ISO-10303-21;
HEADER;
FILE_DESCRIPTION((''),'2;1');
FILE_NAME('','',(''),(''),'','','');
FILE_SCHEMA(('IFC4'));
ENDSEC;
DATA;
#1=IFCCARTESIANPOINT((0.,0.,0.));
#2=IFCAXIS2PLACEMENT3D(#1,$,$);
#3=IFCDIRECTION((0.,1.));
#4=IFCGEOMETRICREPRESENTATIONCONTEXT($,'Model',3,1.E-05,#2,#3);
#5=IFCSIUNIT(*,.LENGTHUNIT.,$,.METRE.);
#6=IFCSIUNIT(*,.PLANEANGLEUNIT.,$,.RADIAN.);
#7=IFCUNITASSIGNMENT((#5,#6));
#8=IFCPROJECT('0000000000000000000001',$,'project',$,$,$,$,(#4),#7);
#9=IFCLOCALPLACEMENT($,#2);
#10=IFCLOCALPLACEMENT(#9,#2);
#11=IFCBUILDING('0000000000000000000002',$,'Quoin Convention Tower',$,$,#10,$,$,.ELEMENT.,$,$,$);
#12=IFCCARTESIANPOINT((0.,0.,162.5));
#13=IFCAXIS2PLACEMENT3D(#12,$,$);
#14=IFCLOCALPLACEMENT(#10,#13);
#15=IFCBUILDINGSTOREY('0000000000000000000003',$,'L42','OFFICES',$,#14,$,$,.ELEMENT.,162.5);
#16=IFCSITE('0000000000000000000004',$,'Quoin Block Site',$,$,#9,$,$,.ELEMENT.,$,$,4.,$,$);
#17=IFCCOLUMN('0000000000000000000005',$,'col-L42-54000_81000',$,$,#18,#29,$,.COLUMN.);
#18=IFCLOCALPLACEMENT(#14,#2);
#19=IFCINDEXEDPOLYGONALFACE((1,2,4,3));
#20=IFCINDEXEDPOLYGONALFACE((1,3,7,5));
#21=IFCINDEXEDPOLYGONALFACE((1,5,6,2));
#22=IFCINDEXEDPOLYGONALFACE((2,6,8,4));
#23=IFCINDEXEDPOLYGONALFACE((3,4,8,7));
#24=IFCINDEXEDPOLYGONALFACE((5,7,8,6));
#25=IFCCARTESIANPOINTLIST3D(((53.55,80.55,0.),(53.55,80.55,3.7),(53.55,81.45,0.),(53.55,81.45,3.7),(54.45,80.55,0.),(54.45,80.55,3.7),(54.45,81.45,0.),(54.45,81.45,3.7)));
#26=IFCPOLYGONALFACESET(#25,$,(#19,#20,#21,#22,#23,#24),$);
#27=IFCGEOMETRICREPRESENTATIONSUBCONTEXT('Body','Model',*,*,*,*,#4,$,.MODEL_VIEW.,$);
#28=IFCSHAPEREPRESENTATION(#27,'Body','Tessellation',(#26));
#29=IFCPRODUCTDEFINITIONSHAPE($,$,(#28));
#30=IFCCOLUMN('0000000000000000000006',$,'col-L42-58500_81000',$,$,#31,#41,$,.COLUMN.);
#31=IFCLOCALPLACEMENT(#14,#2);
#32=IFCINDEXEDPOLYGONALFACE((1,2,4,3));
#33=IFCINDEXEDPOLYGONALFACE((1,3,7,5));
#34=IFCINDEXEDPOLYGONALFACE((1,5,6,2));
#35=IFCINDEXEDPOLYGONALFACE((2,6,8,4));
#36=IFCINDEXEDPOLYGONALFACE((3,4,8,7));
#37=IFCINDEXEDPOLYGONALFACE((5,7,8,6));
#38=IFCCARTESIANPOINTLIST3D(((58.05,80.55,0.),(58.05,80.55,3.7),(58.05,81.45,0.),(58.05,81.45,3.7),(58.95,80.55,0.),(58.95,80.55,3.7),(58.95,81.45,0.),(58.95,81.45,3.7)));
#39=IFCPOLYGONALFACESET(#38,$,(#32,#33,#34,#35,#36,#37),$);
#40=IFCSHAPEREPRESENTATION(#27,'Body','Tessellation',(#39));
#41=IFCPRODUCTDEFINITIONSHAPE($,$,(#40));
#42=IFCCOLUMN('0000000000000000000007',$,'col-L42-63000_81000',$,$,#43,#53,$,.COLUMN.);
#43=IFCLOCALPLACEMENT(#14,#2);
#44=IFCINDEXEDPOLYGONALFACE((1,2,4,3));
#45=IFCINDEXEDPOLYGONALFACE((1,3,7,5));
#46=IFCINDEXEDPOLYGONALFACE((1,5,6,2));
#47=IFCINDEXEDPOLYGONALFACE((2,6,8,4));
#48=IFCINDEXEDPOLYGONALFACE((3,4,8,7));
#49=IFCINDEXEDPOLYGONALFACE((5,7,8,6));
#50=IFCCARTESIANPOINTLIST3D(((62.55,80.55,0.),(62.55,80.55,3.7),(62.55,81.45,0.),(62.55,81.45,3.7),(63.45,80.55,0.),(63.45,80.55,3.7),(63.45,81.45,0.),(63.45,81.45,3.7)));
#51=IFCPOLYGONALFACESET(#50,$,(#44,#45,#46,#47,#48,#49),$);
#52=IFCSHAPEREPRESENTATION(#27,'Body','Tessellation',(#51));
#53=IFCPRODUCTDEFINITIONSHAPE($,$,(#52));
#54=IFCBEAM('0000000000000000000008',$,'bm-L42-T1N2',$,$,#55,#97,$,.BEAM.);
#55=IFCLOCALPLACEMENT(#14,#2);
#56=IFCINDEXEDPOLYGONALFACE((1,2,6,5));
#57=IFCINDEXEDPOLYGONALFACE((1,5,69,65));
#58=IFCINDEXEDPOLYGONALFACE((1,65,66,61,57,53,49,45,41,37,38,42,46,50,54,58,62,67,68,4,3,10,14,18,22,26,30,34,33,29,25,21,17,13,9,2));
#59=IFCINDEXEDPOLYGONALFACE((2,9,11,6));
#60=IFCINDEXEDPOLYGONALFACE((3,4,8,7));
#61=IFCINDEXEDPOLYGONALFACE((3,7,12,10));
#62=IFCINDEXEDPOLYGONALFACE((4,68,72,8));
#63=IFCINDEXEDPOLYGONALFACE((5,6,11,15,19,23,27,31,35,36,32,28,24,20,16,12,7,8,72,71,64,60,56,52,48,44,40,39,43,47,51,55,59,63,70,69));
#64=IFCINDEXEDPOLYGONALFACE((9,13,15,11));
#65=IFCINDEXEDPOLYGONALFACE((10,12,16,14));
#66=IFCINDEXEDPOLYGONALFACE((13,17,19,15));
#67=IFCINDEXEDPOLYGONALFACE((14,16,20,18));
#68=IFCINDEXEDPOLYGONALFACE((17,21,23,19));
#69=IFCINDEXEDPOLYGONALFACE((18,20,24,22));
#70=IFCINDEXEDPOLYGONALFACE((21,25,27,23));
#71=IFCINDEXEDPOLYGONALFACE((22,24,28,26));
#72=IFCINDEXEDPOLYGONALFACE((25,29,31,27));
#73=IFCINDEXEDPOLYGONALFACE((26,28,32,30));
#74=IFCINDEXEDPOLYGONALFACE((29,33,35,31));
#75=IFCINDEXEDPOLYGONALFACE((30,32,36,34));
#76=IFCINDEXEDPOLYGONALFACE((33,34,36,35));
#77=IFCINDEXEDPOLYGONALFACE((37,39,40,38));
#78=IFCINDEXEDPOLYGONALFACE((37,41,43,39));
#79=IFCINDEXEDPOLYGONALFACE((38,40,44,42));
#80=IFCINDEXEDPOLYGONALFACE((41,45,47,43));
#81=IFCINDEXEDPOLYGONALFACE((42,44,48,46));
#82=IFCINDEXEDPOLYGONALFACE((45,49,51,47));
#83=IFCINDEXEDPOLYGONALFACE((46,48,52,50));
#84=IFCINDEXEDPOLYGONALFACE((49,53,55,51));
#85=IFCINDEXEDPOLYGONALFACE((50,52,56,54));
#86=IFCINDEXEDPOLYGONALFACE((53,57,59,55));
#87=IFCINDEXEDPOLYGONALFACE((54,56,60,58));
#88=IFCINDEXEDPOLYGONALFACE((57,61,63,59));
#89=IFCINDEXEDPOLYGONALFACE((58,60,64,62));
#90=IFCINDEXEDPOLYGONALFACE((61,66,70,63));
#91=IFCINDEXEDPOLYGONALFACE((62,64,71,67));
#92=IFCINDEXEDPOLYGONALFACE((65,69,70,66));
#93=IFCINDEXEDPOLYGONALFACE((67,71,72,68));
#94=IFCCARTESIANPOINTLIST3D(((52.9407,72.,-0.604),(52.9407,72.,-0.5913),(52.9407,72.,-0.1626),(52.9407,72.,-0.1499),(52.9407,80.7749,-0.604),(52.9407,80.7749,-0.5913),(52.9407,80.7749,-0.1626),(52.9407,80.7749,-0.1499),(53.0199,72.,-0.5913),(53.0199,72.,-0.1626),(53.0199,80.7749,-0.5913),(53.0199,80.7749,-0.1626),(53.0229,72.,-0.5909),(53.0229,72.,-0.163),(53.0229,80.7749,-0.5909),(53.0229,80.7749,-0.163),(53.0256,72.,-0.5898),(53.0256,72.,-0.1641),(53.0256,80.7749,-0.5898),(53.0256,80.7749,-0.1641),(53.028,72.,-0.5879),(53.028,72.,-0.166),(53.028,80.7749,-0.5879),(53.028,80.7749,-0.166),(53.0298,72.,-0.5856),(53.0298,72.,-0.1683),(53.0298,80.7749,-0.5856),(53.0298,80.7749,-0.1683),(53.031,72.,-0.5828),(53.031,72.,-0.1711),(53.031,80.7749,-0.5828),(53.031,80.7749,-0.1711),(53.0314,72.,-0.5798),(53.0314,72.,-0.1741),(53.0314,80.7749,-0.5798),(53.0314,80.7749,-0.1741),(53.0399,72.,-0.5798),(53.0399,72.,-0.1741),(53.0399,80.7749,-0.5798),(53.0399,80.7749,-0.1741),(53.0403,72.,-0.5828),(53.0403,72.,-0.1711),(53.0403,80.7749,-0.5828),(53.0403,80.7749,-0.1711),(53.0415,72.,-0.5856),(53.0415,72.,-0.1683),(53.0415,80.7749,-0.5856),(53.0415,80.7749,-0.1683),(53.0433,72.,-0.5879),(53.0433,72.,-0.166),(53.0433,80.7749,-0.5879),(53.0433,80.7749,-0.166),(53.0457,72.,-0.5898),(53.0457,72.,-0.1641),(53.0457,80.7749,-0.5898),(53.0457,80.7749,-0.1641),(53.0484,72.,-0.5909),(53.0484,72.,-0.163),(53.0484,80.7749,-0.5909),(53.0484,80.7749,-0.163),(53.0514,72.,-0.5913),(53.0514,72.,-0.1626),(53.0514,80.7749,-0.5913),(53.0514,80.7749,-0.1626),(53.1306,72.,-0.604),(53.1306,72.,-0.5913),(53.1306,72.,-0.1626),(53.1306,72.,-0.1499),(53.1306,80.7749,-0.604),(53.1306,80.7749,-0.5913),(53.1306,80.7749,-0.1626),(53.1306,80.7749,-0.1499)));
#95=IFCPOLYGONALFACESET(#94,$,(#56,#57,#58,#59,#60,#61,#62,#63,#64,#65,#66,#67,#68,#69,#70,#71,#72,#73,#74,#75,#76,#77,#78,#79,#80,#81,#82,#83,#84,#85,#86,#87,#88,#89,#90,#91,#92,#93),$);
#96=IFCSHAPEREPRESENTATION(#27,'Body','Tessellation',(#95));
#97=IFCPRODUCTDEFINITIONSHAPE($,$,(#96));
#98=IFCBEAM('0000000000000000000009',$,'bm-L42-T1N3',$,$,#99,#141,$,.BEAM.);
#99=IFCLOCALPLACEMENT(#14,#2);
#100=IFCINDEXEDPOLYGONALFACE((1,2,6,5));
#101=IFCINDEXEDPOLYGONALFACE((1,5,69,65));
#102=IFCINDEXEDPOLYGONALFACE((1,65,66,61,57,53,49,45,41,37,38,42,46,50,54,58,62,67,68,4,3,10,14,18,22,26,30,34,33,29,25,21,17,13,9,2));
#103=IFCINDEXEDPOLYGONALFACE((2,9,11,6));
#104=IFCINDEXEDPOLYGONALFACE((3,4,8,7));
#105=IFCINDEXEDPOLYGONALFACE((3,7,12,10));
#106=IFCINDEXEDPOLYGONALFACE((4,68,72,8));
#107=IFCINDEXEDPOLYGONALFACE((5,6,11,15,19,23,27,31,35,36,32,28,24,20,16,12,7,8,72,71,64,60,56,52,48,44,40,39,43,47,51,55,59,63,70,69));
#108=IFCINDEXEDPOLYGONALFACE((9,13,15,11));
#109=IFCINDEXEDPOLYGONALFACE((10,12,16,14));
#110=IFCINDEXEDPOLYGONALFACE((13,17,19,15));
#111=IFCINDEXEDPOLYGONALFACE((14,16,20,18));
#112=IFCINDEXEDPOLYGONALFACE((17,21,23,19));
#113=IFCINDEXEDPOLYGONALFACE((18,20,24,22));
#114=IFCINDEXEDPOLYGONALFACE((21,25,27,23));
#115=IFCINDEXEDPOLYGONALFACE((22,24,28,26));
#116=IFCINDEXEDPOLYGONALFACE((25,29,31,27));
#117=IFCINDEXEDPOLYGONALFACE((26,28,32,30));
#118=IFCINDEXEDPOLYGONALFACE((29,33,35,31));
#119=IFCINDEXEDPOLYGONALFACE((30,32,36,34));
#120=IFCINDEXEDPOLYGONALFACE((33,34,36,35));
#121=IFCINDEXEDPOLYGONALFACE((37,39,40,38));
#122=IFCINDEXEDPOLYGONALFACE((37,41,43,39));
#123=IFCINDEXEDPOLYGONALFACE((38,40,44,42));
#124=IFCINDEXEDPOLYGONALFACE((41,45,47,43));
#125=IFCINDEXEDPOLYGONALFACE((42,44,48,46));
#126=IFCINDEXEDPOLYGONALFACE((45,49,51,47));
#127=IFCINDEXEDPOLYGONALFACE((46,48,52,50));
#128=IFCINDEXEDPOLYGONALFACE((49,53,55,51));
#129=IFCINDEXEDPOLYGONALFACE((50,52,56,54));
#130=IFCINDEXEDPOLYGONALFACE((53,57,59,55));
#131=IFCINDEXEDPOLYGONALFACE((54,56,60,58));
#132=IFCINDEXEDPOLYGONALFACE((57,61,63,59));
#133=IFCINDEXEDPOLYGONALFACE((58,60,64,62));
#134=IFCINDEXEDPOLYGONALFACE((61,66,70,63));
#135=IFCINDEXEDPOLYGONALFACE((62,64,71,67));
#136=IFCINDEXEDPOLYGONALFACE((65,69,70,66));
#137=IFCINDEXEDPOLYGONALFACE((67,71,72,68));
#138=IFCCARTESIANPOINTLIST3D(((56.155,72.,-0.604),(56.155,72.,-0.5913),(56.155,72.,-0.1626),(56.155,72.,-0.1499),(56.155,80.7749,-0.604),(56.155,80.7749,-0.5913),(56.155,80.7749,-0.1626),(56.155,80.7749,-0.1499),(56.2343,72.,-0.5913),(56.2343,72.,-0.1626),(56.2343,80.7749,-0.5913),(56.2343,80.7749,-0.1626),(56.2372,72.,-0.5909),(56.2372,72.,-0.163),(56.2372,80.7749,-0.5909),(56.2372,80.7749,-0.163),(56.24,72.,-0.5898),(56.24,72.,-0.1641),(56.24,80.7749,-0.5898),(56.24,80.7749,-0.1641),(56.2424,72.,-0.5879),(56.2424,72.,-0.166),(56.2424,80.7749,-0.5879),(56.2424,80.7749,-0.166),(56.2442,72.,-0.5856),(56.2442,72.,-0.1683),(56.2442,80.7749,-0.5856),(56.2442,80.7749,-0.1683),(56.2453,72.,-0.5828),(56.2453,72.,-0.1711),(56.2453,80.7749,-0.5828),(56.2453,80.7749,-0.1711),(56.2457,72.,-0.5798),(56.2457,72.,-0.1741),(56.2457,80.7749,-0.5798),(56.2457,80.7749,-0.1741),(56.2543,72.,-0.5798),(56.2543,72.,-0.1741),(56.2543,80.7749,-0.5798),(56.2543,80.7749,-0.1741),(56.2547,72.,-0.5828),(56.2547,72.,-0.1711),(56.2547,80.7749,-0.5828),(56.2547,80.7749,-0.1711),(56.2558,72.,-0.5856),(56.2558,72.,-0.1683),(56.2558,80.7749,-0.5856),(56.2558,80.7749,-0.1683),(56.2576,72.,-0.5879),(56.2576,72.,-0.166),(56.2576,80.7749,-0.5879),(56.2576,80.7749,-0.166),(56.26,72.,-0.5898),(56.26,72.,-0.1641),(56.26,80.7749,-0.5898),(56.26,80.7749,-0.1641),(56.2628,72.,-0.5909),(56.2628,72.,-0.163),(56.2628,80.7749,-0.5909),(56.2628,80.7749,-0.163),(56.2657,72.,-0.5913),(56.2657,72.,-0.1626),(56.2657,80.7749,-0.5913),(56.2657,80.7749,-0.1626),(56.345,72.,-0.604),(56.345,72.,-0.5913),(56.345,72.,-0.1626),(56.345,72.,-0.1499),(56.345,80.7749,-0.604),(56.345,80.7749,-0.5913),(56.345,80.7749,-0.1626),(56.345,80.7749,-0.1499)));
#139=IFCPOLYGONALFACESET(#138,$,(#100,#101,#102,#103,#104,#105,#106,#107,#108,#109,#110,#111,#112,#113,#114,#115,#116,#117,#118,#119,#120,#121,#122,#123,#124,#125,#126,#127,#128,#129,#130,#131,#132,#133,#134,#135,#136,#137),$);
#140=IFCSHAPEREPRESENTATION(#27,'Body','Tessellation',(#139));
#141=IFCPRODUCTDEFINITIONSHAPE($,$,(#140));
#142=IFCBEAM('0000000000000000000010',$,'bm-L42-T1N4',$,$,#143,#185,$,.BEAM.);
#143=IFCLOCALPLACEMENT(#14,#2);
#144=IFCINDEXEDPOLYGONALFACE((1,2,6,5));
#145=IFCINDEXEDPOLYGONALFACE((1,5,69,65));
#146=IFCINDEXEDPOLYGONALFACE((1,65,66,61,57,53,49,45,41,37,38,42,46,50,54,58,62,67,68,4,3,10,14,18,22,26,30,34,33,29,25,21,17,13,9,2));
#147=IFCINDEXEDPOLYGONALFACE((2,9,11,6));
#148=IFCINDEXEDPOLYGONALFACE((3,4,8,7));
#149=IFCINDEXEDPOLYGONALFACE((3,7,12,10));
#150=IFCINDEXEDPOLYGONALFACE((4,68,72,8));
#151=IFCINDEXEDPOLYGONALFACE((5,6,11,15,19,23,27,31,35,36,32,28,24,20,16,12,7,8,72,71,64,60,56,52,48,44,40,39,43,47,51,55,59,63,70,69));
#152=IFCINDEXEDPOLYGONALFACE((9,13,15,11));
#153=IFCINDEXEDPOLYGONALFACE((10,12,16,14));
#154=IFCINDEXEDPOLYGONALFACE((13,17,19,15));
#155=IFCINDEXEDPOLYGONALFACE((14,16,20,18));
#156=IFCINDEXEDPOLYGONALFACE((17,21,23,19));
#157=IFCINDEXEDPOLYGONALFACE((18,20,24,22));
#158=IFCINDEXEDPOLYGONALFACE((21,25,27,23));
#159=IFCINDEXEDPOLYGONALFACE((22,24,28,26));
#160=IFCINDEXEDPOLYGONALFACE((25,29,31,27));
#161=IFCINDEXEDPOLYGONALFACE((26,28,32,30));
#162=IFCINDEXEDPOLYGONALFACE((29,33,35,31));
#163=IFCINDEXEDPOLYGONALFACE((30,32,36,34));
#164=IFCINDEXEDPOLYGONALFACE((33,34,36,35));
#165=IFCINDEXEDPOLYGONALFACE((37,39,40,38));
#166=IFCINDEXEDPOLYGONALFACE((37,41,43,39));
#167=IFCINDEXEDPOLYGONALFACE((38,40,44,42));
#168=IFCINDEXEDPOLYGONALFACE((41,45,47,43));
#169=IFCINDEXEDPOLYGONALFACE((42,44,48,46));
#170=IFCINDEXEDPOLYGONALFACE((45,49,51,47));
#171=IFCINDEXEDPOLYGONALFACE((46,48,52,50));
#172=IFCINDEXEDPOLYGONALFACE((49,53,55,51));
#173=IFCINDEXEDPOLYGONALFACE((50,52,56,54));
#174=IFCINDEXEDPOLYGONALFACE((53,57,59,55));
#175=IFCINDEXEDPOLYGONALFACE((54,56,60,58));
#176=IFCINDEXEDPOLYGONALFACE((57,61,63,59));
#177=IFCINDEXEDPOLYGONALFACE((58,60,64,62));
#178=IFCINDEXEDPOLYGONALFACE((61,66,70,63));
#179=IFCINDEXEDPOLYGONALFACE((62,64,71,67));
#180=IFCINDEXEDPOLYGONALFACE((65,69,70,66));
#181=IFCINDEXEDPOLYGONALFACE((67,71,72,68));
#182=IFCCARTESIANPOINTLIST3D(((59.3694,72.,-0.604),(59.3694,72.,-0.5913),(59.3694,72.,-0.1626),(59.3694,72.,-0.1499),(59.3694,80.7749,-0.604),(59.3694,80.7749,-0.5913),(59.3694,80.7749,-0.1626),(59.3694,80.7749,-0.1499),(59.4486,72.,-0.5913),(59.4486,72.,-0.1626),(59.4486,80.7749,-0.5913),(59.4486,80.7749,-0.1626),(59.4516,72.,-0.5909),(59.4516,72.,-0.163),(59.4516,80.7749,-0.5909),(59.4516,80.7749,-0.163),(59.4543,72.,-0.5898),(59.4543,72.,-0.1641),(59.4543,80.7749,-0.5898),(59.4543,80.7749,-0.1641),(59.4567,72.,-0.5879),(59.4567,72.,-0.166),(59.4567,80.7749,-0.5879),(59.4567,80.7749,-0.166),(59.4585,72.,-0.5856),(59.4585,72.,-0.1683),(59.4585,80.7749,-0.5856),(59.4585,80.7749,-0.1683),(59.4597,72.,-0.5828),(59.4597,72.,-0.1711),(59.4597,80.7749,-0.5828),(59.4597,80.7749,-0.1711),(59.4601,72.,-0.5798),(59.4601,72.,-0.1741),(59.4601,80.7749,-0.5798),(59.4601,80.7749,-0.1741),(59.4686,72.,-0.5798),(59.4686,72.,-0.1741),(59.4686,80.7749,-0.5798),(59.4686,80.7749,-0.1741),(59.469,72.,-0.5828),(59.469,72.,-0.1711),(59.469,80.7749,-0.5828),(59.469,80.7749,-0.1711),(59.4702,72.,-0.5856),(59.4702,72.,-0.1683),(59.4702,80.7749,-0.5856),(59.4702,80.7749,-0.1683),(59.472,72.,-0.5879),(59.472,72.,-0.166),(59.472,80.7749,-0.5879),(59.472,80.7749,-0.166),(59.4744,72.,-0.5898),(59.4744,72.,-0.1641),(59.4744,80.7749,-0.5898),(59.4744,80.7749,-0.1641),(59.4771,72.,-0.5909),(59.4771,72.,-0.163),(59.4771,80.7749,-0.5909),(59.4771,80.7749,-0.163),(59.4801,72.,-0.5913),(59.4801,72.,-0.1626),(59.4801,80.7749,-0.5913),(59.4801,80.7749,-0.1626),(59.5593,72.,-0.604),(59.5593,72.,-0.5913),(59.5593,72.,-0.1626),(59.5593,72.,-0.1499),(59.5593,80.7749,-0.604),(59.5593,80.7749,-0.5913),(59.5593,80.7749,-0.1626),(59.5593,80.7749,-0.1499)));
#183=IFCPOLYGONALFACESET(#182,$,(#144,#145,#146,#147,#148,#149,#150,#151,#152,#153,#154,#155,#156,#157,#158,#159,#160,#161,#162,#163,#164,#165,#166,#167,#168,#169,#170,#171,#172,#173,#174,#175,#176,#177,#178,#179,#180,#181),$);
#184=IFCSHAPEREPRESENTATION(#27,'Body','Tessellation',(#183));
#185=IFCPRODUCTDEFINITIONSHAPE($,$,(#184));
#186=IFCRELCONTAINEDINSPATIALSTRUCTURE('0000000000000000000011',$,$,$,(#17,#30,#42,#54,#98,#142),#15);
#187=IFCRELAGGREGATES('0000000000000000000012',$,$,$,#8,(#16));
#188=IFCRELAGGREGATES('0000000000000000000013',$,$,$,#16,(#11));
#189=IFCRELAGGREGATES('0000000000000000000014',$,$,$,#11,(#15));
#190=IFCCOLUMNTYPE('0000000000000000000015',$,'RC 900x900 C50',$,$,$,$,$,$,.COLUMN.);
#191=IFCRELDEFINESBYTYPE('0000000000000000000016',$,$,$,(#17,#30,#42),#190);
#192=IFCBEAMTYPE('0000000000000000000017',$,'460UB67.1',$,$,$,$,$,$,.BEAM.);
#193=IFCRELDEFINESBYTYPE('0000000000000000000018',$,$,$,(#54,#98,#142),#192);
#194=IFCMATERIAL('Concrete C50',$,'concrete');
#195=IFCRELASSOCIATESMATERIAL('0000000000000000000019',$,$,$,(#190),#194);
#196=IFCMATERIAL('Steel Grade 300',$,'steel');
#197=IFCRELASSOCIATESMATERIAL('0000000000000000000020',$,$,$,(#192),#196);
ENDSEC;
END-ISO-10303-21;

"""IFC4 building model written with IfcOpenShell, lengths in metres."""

from ifc_helpers import new_model, si_unit, direction, frame, origin, origin_2d, place, context, subcontext, project, spatial, rectangle, i_section, extrude, material, material_profile, profile_set, type_object, element, save


model = new_model("IFC4")

# Units and contexts
model_context = context("Model", 3, precision=1e-05, world=origin(), true_north=direction((0.0, 1.0)))
body_context = subcontext(model_context, "Body", "Model", "MODEL_VIEW")
ifc_project = project(units=[si_unit("LENGTHUNIT", "METRE"), si_unit("PLANEANGLEUNIT", "RADIAN")], contexts=[model_context])

# Site, building, storey
site_placement = place(None, origin())
site = spatial("IfcSite", under=ifc_project, at=site_placement, Name="Quoin Block Site", CompositionType="ELEMENT", RefElevation=4.0)
building_placement = place(site_placement, origin())
building = spatial("IfcBuilding", under=site, at=building_placement, Name="Quoin Convention Tower", CompositionType="ELEMENT")
storey_placement = place(building_placement, frame((0.0, 0.0, 162.5)))
storey = spatial("IfcBuildingStorey", under=building, at=storey_placement, Name="L42", Description="OFFICES", CompositionType="ELEMENT", Elevation=162.5)

# Columns
ifc_material_1 = material(Name="Concrete C50", Category="concrete")
ifc_material_profile_1 = material_profile(ifc_material_1, rectangle(XDim=0.8999, YDim=0.8999, at=origin_2d()), Name="RC 900x900")
ifc_profile_set_1 = profile_set([ifc_material_profile_1], Name="Concrete C50")
column_type = type_object("IfcColumnType", Name="RC 900x900 C50", PredefinedType="COLUMN", material=ifc_profile_set_1)
for number, where, z_axis, x_axis, name in (
    (1, (54.0, 81.0, 0.0), (0.0, 0.0, 1.0), (1.0, 0.0, 0.0), "col-L42-54000_81000"),
    (2, (58.5, 81.0, 0.0), (0.0, 0.0, 1.0), (1.0, 0.0, 0.0), "col-L42-58500_81000"),
    (3, (63.0, 81.0, 0.0), (0.0, 0.0, 1.0), (1.0, 0.0, 0.0), "col-L42-63000_81000"),
):
    element("IfcColumn", number, at=place(storey_placement, frame(where, z_axis=z_axis, x_axis=x_axis)), inside=storey, type_object=column_type, Name=name, PredefinedType="COLUMN", context=body_context, shape_type="SweptSolid", body=[
        extrude(rectangle(XDim=0.8999, YDim=0.8999, at=origin_2d()), origin(), (0.0, 0.0, 1.0), 3.7),
    ])

# Beams
ifc_material_2 = material(Name="Steel Grade 300", Category="steel")
ifc_material_profile_2 = material_profile(ifc_material_2, i_section(OverallWidth=0.1899, OverallDepth=0.4541, WebThickness=0.0085, FlangeThickness=0.0127, FilletRadius=0.0115, at=origin_2d()), Name="460UB67.1")
ifc_profile_set_2 = profile_set([ifc_material_profile_2], Name="Steel Grade 300")
beam_type_1 = type_object("IfcBeamType", Name="460UB67.1", PredefinedType="BEAM", material=ifc_profile_set_2)
for number, where, z_axis, x_axis, name in (
    (4, (53.0356, 72.0, -0.377), (0.0, 1.0, 0.0), (-1.0, 0.0, 0.0), "bm-L42-T1N2"),
    (5, (56.25, 72.0, -0.377), (0.0, 1.0, 0.0), (-1.0, 0.0, 0.0), "bm-L42-T1N3"),
    (6, (59.4644, 72.0, -0.377), (0.0, 1.0, 0.0), (-1.0, 0.0, 0.0), "bm-L42-T1N4"),
):
    element("IfcBeam", number, at=place(storey_placement, frame(where, z_axis=z_axis, x_axis=x_axis)), inside=storey, type_object=beam_type_1, Name=name, PredefinedType="BEAM", context=body_context, shape_type="SweptSolid", body=[
        extrude(i_section(OverallWidth=0.1899, OverallDepth=0.4541, WebThickness=0.0085, FlangeThickness=0.0127, FilletRadius=0.0115, at=origin_2d()), origin(), (0.0, 0.0, 1.0), 8.7749),
    ])

save(model, "model.ifc")
